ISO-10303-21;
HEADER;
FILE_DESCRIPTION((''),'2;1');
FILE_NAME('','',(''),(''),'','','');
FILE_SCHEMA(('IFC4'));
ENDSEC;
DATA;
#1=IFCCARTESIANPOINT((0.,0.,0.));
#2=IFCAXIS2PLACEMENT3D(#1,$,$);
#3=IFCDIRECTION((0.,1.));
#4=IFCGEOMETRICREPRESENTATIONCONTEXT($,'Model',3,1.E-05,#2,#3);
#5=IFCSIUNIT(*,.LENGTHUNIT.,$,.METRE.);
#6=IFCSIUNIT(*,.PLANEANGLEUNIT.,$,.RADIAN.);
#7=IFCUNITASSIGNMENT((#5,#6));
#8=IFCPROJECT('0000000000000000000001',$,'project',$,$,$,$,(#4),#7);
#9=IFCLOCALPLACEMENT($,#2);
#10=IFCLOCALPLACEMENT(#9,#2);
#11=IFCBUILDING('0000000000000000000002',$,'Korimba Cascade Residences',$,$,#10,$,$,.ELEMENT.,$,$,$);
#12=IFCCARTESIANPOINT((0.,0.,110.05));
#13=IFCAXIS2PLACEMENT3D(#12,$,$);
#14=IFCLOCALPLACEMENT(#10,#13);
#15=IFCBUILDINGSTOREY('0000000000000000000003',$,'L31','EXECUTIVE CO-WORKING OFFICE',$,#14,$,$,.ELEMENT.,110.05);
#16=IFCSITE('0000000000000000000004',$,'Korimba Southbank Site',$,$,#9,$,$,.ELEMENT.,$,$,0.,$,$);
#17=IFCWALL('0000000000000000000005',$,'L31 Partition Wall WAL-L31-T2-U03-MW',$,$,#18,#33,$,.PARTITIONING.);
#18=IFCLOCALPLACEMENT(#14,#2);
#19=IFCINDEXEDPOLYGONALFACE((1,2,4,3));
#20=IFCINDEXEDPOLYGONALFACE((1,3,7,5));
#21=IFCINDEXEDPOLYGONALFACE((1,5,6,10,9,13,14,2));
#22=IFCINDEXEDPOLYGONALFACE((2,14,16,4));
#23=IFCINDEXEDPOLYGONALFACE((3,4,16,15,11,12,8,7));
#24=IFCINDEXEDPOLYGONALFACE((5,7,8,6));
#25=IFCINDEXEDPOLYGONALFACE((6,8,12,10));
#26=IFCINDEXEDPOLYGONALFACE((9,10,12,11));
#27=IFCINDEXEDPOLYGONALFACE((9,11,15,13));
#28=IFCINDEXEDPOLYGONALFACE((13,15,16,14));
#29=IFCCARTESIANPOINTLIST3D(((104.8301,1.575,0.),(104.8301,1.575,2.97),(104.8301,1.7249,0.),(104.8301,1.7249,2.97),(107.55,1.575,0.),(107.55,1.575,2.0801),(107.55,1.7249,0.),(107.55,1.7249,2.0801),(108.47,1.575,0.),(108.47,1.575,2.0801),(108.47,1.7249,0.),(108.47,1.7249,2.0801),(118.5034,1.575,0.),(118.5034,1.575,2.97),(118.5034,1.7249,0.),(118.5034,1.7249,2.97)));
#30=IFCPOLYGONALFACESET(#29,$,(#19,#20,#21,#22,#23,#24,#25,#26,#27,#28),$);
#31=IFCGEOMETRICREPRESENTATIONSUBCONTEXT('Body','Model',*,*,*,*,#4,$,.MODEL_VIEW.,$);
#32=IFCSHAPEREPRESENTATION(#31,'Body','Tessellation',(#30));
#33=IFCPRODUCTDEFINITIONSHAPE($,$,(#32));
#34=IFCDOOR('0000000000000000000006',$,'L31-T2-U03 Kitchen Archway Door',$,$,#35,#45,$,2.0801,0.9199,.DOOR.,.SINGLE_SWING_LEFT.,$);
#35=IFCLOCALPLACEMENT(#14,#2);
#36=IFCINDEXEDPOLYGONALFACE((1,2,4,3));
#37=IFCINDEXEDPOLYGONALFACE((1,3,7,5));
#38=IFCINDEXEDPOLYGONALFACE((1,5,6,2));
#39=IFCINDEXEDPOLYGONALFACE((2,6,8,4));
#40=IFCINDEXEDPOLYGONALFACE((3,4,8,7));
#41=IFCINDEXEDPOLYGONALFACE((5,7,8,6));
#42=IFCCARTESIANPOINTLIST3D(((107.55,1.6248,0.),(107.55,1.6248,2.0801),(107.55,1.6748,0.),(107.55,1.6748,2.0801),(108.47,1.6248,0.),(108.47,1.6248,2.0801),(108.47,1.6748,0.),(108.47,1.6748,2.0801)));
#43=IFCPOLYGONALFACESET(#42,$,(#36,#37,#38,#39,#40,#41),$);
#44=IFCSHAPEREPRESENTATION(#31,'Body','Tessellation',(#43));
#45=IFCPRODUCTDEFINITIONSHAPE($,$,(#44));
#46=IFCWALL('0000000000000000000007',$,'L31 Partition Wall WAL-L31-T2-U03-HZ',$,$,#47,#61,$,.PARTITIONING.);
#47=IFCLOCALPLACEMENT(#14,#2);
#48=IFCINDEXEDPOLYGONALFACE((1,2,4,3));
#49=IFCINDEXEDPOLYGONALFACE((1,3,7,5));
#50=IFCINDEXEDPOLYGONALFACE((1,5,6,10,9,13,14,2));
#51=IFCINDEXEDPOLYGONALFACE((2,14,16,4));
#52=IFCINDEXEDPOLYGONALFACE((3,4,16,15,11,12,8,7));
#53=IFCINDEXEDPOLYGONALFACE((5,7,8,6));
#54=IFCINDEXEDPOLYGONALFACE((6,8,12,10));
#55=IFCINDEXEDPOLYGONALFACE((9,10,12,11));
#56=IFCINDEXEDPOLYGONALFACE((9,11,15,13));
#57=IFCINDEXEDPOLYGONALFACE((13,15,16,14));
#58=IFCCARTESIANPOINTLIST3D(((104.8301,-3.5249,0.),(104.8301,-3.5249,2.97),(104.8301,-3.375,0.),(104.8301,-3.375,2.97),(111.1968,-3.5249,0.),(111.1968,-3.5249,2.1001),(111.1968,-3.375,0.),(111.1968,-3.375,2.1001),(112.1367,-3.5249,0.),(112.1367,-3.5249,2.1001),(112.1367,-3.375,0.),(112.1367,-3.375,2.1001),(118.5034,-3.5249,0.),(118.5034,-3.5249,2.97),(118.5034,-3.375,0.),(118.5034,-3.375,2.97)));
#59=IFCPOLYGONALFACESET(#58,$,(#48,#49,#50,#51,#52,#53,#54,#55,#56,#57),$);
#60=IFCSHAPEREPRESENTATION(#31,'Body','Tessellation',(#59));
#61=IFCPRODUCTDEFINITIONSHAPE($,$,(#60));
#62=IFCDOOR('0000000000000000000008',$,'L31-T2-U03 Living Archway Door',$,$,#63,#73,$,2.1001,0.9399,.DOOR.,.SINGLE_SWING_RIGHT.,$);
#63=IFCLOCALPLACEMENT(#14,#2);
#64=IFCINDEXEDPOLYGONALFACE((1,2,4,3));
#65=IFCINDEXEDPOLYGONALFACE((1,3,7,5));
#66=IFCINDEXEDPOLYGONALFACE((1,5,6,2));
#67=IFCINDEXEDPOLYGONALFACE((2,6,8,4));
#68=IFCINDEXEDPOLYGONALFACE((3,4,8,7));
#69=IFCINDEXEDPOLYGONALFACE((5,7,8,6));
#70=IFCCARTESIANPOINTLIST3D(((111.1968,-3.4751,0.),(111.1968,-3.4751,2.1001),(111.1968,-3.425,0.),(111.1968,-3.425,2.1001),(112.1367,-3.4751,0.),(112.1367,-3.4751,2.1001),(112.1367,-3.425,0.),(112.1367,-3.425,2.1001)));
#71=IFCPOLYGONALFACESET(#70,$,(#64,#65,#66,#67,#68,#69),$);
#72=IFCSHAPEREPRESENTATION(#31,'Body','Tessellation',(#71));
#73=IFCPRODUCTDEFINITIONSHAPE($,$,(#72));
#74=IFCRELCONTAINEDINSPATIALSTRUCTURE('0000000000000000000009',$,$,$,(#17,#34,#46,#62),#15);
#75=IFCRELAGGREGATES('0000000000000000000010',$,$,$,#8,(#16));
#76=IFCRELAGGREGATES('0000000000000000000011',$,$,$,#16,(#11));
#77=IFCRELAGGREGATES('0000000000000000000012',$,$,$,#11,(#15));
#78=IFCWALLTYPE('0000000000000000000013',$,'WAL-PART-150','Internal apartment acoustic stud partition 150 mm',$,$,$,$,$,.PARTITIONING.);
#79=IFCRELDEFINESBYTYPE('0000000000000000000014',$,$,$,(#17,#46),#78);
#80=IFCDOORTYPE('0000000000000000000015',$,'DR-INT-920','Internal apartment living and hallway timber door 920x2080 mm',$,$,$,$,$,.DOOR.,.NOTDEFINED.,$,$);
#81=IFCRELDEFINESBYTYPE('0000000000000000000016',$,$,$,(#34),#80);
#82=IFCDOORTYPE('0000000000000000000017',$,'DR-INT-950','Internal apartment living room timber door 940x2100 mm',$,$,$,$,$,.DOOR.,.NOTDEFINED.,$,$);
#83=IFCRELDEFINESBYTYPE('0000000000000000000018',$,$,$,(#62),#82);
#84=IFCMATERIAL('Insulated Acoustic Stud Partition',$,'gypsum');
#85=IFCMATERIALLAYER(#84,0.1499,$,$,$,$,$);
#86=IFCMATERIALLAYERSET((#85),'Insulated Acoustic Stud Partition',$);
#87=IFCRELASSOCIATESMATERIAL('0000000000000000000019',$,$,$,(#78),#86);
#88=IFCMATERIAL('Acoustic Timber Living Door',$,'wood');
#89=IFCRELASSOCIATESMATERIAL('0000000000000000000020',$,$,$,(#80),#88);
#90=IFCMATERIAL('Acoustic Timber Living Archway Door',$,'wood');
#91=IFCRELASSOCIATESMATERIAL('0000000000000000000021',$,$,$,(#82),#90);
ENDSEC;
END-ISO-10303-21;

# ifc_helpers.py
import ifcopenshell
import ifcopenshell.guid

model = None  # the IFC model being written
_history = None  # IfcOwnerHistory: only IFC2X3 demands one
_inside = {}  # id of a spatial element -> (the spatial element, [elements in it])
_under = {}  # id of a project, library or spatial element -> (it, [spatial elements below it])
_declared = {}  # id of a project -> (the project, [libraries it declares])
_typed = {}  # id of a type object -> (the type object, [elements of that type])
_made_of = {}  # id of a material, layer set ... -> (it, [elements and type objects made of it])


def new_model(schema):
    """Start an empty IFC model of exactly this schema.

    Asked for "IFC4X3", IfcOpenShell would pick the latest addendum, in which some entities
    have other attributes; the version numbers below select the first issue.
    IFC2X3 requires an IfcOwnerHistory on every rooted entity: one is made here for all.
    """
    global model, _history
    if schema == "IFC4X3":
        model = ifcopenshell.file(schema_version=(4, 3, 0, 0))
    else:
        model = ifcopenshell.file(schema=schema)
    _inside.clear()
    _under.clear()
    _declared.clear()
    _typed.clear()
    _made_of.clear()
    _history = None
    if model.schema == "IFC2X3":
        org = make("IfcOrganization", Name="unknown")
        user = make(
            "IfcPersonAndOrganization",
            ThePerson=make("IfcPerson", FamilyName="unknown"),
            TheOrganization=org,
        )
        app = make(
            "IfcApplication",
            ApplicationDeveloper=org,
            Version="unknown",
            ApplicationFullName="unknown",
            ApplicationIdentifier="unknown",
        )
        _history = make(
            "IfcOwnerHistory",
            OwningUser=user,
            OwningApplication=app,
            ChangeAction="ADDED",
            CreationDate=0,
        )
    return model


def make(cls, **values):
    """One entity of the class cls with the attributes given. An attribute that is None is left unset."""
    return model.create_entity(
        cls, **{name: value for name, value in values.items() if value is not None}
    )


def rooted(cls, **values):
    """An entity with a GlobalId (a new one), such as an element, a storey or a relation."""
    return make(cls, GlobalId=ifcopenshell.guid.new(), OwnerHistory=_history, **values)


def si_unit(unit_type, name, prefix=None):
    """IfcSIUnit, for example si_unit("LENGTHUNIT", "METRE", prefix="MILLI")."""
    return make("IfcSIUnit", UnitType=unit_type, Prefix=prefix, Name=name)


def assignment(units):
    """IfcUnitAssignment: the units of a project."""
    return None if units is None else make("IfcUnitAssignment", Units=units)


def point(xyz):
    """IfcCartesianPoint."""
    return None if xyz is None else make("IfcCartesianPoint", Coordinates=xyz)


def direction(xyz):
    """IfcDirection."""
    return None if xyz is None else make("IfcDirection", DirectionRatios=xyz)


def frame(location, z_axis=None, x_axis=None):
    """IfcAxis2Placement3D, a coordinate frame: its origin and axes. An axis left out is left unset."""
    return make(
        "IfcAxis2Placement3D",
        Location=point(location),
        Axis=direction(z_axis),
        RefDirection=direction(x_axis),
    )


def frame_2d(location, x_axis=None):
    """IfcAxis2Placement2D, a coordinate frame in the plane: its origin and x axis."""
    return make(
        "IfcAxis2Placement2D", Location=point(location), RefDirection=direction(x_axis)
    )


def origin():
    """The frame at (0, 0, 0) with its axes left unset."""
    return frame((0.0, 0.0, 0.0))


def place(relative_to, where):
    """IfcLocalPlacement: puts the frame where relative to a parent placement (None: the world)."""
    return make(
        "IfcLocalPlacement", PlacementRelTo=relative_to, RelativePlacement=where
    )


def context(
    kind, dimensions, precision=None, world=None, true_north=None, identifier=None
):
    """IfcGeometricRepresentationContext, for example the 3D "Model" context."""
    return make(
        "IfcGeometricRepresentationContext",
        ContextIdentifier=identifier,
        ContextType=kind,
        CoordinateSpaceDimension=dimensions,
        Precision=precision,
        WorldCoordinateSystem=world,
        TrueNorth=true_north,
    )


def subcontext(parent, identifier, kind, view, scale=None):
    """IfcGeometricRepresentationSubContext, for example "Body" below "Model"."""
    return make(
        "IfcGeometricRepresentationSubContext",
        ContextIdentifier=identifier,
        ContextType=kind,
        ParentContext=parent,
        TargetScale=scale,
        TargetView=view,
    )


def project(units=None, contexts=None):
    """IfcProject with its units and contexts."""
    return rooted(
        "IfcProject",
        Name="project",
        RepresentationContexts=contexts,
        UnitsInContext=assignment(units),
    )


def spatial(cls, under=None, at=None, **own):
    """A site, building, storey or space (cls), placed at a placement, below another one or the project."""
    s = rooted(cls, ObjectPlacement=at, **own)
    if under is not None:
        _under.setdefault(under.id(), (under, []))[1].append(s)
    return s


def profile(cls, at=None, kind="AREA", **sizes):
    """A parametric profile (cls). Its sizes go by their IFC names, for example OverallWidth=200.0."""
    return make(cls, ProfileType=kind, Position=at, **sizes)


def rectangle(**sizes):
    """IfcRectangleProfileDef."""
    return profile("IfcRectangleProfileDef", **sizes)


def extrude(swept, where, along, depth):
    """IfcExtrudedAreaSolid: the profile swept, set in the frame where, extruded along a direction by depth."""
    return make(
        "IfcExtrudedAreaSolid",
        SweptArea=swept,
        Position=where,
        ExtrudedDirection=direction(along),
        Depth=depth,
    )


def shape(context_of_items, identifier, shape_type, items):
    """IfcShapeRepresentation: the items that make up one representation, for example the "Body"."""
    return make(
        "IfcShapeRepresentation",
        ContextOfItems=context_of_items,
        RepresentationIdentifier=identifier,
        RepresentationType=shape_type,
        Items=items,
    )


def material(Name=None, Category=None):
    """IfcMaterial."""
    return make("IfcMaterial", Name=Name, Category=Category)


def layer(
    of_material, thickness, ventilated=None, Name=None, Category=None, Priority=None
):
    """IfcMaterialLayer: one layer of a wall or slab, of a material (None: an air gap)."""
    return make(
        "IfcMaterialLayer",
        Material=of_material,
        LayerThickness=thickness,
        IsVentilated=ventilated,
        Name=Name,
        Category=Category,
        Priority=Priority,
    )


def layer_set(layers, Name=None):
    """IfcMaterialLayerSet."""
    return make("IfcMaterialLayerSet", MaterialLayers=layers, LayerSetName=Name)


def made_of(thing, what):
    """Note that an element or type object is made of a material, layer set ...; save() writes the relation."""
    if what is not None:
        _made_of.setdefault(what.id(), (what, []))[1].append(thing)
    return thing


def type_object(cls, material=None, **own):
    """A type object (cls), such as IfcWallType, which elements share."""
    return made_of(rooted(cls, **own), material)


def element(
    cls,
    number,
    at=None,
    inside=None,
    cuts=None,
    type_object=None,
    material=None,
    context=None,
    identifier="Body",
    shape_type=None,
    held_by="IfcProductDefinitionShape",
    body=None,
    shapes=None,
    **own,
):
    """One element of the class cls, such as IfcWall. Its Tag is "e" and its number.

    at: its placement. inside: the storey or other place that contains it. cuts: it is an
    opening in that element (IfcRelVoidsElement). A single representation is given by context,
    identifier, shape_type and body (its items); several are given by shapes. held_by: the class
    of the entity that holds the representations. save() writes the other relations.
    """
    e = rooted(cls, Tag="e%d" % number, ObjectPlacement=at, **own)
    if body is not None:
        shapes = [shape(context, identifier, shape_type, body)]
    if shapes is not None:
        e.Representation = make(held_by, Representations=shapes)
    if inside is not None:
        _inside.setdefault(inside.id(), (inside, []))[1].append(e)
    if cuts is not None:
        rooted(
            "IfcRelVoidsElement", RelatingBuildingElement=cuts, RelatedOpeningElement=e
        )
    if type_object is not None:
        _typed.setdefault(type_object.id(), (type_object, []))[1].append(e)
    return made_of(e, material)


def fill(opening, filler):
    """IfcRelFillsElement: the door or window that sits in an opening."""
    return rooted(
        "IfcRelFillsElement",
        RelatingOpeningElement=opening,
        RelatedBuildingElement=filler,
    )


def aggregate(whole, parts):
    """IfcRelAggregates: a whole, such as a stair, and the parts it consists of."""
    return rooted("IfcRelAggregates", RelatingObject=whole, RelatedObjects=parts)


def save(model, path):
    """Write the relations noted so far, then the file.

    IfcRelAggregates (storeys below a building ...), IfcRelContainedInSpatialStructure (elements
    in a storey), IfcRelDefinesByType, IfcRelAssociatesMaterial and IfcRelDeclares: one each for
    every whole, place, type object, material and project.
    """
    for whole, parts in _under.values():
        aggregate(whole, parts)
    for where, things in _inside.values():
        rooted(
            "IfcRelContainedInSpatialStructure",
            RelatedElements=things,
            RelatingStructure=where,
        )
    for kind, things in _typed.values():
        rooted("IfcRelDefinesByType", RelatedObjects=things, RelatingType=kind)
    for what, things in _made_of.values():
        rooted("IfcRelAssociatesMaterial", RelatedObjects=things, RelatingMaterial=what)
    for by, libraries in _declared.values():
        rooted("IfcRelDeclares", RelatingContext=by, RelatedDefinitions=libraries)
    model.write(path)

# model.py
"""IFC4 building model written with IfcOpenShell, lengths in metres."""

from ifc_helpers import new_model, si_unit, direction, frame, frame_2d, origin, place, context, subcontext, project, spatial, rectangle, extrude, material, layer, layer_set, type_object, element, fill, save


model = new_model("IFC4")

# Units and contexts
model_context = context("Model", 3, precision=1e-05, world=origin(), true_north=direction((0.0, 1.0)))
body_context = subcontext(model_context, "Body", "Model", "MODEL_VIEW")
ifc_project = project(units=[si_unit("LENGTHUNIT", "METRE"), si_unit("PLANEANGLEUNIT", "RADIAN")], contexts=[model_context])

# Site, building, storey
site_placement = place(None, origin())
site = spatial("IfcSite", under=ifc_project, at=site_placement, Name="Korimba Southbank Site", CompositionType="ELEMENT", RefElevation=0.0)
building_placement = place(site_placement, origin())
building = spatial("IfcBuilding", under=site, at=building_placement, Name="Korimba Cascade Residences", CompositionType="ELEMENT")
storey_placement = place(building_placement, frame((0.0, 0.0, 110.05)))
storey = spatial("IfcBuildingStorey", under=building, at=storey_placement, Name="L31", Description="EXECUTIVE CO-WORKING OFFICE", CompositionType="ELEMENT", Elevation=110.05)

# Shared definitions
ifc_material_1 = material(Name="Insulated Acoustic Stud Partition", Category="gypsum")
ifc_layer = layer(ifc_material_1, 0.1499)
ifc_layer_set = layer_set([ifc_layer], Name="Insulated Acoustic Stud Partition")
wall_type = type_object("IfcWallType", Name="WAL-PART-150", Description="Internal apartment acoustic stud partition 150 mm", PredefinedType="PARTITIONING", material=ifc_layer_set)

# Walls, openings, doors
wall_1_placement = place(storey_placement, frame((104.8301, 1.6499, 0.0), z_axis=(0.0, 0.0, 1.0), x_axis=(1.0, 0.0, 0.0)))
wall_1 = element("IfcWall", 1, at=wall_1_placement, inside=storey, type_object=wall_type, Name="L31 Partition Wall WAL-L31-T2-U03-MW", PredefinedType="PARTITIONING", context=body_context, shape_type="SweptSolid", body=[
    extrude(rectangle(XDim=13.6733, YDim=0.1499, at=frame_2d((6.8367, 0.0))), origin(), (0.0, 0.0, 1.0), 2.97),
])
opening_1_placement = place(wall_1_placement, frame((2.72, 0.0, 0.0)))
opening_1 = element("IfcOpeningElement", 2, at=opening_1_placement, cuts=wall_1, PredefinedType="OPENING", context=body_context, shape_type="SweptSolid", body=[
    extrude(rectangle(XDim=0.9199, YDim=2.0801, at=frame_2d((0.46, 1.04))), frame((0.0, 0.085, 0.0), z_axis=(0.0, -1.0, 0.0), x_axis=(1.0, 0.0, 0.0)), (0.0, 0.0, 1.0), 0.1699),
])
ifc_material_2 = material(Name="Acoustic Timber Living Door", Category="wood")
door_type_1 = type_object("IfcDoorType", Name="DR-INT-920", Description="Internal apartment living and hallway timber door 920x2080 mm", OperationType="NOTDEFINED", PredefinedType="DOOR", material=ifc_material_2)
door_1_placement = place(opening_1_placement, origin())
door_1 = element("IfcDoor", 3, at=door_1_placement, inside=storey, type_object=door_type_1, Name="L31-T2-U03 Kitchen Archway Door", OperationType="SINGLE_SWING_LEFT", OverallHeight=2.0801, OverallWidth=0.9199, PredefinedType="DOOR", context=body_context, shape_type="SweptSolid", body=[
    extrude(rectangle(XDim=0.9199, YDim=2.0801, at=frame_2d((0.46, 1.04))), frame((0.0, 0.0249, 0.0), z_axis=(0.0, -1.0, 0.0), x_axis=(1.0, 0.0, 0.0)), (0.0, 0.0, 1.0), 0.05),
])
fill(opening_1, door_1)
wall_2_placement = place(storey_placement, frame((104.8301, -3.45, 0.0), z_axis=(0.0, 0.0, 1.0), x_axis=(1.0, 0.0, 0.0)))
wall_2 = element("IfcWall", 4, at=wall_2_placement, inside=storey, type_object=wall_type, Name="L31 Partition Wall WAL-L31-T2-U03-HZ", PredefinedType="PARTITIONING", context=body_context, shape_type="SweptSolid", body=[
    extrude(rectangle(XDim=13.6733, YDim=0.1499, at=frame_2d((6.8367, 0.0))), origin(), (0.0, 0.0, 1.0), 2.97),
])
opening_2_placement = place(wall_2_placement, frame((6.3667, 0.0, 0.0)))
opening_2 = element("IfcOpeningElement", 5, at=opening_2_placement, cuts=wall_2, PredefinedType="OPENING", context=body_context, shape_type="SweptSolid", body=[
    extrude(rectangle(XDim=0.9399, YDim=2.1001, at=frame_2d((0.47, 1.05))), frame((0.0, 0.085, 0.0), z_axis=(0.0, -1.0, 0.0), x_axis=(1.0, 0.0, 0.0)), (0.0, 0.0, 1.0), 0.1699),
])
ifc_material_3 = material(Name="Acoustic Timber Living Archway Door", Category="wood")
door_type_2 = type_object("IfcDoorType", Name="DR-INT-950", Description="Internal apartment living room timber door 940x2100 mm", OperationType="NOTDEFINED", PredefinedType="DOOR", material=ifc_material_3)
door_2_placement = place(opening_2_placement, origin())
door_2 = element("IfcDoor", 6, at=door_2_placement, inside=storey, type_object=door_type_2, Name="L31-T2-U03 Living Archway Door", OperationType="SINGLE_SWING_RIGHT", OverallHeight=2.1001, OverallWidth=0.9399, PredefinedType="DOOR", context=body_context, shape_type="SweptSolid", body=[
    extrude(rectangle(XDim=0.9399, YDim=2.1001, at=frame_2d((0.47, 1.05))), frame((0.0, 0.0249, 0.0), z_axis=(0.0, -1.0, 0.0), x_axis=(1.0, 0.0, 0.0)), (0.0, 0.0, 1.0), 0.05),
])
fill(opening_2, door_2)

save(model, "model.ifc")
